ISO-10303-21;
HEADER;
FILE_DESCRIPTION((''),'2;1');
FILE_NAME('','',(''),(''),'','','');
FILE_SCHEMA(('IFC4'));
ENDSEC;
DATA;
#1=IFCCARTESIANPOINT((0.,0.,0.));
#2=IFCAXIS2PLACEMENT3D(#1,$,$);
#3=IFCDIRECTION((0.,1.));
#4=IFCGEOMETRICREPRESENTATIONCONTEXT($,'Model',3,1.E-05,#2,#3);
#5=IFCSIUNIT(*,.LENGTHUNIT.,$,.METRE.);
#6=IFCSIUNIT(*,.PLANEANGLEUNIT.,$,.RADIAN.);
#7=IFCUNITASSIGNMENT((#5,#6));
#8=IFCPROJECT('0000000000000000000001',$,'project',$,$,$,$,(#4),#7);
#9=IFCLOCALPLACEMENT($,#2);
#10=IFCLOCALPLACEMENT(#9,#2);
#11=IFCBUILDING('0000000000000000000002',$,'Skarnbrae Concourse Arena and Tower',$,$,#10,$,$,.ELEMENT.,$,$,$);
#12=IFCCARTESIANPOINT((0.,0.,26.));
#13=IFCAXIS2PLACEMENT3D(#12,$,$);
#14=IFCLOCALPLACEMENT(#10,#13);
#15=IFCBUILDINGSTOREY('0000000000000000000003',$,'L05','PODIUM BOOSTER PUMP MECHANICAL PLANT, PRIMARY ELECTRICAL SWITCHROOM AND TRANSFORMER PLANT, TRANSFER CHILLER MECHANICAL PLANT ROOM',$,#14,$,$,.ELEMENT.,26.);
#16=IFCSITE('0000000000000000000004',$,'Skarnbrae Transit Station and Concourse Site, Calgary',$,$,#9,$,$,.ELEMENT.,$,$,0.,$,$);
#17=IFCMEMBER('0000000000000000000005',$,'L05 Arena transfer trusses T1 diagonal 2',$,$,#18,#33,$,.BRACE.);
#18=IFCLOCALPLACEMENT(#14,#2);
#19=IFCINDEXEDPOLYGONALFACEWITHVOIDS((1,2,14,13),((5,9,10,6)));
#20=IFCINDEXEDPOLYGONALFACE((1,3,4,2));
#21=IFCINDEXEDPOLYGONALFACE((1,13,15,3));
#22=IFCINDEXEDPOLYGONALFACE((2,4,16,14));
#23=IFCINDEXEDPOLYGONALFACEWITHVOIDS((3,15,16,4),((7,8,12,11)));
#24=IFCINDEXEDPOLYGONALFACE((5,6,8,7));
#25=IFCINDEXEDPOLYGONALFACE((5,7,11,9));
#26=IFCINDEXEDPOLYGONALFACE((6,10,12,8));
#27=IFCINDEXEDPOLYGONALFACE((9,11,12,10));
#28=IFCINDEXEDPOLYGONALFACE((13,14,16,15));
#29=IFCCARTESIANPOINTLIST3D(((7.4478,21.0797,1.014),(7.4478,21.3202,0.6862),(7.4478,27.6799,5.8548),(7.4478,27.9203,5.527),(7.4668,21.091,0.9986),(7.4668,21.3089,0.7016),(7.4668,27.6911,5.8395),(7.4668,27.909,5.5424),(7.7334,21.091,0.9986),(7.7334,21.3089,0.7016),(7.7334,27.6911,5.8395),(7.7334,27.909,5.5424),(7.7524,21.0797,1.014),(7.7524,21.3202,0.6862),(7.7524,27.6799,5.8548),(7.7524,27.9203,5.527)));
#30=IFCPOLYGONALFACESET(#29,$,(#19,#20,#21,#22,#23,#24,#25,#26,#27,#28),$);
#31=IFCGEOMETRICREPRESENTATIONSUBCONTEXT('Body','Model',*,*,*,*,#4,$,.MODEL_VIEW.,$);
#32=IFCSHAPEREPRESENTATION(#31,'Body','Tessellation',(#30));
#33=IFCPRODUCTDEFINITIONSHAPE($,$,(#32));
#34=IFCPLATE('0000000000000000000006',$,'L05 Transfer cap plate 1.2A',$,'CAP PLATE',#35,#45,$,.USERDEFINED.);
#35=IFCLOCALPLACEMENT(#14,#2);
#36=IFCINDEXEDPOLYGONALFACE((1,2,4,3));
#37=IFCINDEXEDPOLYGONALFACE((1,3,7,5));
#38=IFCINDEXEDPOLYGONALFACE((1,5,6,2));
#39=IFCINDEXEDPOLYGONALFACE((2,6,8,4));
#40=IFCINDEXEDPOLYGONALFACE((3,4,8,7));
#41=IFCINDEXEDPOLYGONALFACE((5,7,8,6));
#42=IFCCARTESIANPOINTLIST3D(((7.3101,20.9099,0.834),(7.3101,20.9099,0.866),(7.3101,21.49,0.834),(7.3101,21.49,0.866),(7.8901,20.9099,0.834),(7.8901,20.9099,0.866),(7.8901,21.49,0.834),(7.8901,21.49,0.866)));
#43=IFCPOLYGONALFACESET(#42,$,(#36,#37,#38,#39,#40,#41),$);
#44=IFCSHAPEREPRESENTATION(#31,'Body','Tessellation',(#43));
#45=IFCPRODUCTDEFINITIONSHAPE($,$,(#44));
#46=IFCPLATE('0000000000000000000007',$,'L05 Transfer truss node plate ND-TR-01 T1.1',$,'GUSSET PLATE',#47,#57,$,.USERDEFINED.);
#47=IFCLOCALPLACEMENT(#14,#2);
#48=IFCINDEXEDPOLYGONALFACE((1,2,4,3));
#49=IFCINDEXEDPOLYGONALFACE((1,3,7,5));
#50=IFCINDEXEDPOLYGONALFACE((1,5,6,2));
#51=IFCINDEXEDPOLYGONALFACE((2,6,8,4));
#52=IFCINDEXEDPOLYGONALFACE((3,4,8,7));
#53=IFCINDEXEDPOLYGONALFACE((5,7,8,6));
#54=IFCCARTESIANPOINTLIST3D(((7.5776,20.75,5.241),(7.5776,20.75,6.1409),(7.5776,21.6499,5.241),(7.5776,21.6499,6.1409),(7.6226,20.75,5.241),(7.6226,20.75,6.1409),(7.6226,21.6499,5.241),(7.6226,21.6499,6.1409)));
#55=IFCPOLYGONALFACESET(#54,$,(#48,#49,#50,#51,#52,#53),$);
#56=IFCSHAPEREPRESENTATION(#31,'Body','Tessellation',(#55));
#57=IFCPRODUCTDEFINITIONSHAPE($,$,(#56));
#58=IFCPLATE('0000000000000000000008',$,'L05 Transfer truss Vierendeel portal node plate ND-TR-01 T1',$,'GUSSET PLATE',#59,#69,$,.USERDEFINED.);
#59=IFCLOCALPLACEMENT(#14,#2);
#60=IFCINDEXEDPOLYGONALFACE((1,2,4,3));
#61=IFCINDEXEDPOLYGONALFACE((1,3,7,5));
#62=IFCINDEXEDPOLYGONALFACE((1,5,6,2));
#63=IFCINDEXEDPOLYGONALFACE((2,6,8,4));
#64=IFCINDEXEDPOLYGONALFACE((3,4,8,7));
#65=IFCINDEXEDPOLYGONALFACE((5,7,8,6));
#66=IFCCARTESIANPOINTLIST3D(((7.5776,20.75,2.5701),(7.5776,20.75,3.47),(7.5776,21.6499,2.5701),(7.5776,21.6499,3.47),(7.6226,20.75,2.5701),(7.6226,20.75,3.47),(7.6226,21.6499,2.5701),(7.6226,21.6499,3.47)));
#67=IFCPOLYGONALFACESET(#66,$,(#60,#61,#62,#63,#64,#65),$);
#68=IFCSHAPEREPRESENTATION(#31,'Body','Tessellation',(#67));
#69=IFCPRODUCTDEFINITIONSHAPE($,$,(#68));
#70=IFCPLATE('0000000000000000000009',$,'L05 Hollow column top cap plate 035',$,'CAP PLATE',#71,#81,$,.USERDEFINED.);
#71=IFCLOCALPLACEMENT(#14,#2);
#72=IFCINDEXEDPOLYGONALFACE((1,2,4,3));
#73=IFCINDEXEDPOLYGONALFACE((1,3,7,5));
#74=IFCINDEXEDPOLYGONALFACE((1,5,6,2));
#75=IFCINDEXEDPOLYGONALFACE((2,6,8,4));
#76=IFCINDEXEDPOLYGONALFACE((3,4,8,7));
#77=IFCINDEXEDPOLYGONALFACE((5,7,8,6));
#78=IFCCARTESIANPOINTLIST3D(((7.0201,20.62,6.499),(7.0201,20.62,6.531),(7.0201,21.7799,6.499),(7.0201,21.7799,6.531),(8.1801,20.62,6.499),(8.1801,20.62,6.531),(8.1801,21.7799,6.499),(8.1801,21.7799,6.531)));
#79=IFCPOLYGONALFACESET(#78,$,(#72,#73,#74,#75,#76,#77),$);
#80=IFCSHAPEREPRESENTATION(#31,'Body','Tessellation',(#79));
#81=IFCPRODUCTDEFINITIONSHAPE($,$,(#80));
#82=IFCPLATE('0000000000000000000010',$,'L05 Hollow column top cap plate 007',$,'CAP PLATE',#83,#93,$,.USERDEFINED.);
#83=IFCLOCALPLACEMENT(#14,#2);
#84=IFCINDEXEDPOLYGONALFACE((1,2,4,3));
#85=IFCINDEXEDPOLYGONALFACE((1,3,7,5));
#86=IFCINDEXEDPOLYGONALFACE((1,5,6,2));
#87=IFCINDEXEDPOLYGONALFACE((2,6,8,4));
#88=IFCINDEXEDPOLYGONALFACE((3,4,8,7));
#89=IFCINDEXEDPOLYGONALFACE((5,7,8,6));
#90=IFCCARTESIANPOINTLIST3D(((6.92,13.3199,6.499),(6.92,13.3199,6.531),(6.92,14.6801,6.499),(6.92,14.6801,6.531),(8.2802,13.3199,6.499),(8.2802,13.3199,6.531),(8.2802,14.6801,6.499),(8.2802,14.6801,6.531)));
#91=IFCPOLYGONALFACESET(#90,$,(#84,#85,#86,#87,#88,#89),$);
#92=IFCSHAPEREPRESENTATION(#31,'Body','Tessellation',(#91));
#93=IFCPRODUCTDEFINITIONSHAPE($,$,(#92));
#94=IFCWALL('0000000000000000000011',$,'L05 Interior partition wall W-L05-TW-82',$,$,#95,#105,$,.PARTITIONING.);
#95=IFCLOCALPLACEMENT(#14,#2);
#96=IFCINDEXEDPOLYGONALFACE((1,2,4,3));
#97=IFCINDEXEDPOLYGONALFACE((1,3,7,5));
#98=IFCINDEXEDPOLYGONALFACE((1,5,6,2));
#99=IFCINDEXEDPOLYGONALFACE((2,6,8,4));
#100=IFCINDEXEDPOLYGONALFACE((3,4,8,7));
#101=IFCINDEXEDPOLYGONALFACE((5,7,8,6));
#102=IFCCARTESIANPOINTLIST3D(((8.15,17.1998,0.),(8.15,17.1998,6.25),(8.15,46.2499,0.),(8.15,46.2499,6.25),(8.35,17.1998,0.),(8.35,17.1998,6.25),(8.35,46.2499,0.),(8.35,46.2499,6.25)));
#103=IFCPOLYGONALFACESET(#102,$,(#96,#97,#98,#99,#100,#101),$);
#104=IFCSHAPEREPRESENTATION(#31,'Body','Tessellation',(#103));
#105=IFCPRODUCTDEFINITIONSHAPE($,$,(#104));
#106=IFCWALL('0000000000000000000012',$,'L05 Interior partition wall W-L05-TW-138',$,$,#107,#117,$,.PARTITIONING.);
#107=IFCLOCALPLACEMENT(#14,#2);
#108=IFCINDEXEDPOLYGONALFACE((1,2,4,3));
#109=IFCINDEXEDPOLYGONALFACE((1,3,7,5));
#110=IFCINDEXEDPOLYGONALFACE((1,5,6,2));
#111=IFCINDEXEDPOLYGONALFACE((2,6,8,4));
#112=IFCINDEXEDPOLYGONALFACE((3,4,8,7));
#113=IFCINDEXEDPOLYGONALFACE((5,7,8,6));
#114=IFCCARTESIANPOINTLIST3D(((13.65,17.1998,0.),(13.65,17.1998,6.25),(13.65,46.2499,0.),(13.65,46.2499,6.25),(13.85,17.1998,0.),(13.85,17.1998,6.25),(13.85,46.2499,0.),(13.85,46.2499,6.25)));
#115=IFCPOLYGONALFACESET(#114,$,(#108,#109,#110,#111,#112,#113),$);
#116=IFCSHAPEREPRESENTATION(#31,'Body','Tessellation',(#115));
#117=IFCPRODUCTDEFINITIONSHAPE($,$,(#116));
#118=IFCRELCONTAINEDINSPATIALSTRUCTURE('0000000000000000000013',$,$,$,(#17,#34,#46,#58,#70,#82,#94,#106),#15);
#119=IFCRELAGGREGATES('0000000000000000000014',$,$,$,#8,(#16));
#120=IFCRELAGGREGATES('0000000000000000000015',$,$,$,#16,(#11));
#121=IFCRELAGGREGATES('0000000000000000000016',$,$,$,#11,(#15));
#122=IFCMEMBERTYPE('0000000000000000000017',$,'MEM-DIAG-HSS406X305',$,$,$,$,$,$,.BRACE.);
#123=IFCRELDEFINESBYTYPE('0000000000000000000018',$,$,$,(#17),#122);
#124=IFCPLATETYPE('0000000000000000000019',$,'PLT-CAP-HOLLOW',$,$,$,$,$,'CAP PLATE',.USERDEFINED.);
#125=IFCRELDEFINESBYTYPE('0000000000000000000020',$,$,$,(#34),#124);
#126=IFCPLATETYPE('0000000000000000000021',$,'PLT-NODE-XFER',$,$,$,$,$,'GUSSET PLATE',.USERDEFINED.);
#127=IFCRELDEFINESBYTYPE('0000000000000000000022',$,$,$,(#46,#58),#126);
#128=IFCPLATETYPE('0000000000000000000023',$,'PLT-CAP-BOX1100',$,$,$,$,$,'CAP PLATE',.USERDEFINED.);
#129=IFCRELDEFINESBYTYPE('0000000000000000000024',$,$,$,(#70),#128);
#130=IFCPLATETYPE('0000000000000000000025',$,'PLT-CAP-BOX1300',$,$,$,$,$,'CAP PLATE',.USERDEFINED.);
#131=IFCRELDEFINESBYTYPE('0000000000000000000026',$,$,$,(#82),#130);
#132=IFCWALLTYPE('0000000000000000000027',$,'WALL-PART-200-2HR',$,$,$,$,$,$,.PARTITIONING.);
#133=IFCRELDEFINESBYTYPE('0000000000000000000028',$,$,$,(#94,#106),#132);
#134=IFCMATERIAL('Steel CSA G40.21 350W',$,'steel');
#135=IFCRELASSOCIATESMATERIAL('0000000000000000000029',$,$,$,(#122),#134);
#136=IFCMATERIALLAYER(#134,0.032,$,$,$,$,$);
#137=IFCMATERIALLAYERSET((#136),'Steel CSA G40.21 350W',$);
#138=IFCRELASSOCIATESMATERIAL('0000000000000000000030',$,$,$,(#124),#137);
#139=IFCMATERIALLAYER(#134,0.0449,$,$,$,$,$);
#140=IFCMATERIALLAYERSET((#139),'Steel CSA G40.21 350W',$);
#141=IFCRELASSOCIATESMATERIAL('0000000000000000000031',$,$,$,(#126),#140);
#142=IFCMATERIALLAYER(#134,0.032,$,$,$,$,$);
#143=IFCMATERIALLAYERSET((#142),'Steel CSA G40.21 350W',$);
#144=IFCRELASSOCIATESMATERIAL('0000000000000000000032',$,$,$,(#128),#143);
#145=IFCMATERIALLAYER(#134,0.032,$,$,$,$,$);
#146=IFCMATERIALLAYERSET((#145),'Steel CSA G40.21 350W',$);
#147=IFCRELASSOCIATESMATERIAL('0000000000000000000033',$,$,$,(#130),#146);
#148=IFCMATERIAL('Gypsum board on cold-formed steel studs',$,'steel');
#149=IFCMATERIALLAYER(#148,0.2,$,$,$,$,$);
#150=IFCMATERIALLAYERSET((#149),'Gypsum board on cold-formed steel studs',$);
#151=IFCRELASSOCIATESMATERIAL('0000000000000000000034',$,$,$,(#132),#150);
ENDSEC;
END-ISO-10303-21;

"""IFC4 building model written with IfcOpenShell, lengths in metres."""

from ifc_helpers import new_model, si_unit, direction, frame, frame_2d, origin, origin_2d, place, context, subcontext, project, spatial, rectangle, hollow_rectangle, extrude, source, transform, mapped, material, layer, layer_set, material_profile, profile_set, type_object, element, save


model = new_model("IFC4")

# Units and contexts
model_context = context("Model", 3, precision=1e-05, world=origin(), true_north=direction((0.0, 1.0)))
body_context = subcontext(model_context, "Body", "Model", "MODEL_VIEW")
ifc_project = project(units=[si_unit("LENGTHUNIT", "METRE"), si_unit("PLANEANGLEUNIT", "RADIAN")], contexts=[model_context])

# Site, building, storey
site_placement = place(None, origin())
site = spatial("IfcSite", under=ifc_project, at=site_placement, Name="Skarnbrae Transit Station and Concourse Site, Calgary", CompositionType="ELEMENT", RefElevation=0.0)
building_placement = place(site_placement, origin())
building = spatial("IfcBuilding", under=site, at=building_placement, Name="Skarnbrae Concourse Arena and Tower", CompositionType="ELEMENT")
storey_placement = place(building_placement, frame((0.0, 0.0, 26.0)))
storey = spatial("IfcBuildingStorey", under=building, at=storey_placement, Name="L05", Description="PODIUM BOOSTER PUMP MECHANICAL PLANT, PRIMARY ELECTRICAL SWITCHROOM AND TRANSFORMER PLANT, TRANSFER CHILLER MECHANICAL PLANT ROOM", CompositionType="ELEMENT", Elevation=26.0)

# Shared definitions
ifc_material_1 = material(Name="Steel CSA G40.21 350W", Category="steel")

# Member
ifc_material_profile_1 = material_profile(ifc_material_1, hollow_rectangle(XDim=0.3047, YDim=0.4065, WallThickness=0.019, at=origin_2d()), Name="HSS406X305X19.0")
ifc_profile_set_1 = profile_set([ifc_material_profile_1], Name="Steel CSA G40.21 350W")
member_type = type_object("IfcMemberType", Name="MEM-DIAG-HSS406X305", PredefinedType="BRACE", material=ifc_profile_set_1)
shared_shape_1 = source(origin(), body_context, "Body", "SweptSolid", [
    extrude(hollow_rectangle(XDim=0.3047, YDim=0.4065, WallThickness=0.019, at=origin_2d()), origin(), (0.0, 0.0, 1.0), 8.1851),
])
member_placement = place(storey_placement, frame((7.6001, 21.2, 0.8501), z_axis=(0.0, 0.806361, 0.591423), x_axis=(-1.0, 0.0, 0.0)))
element("IfcMember", 1, at=member_placement, inside=storey, type_object=member_type, Name="L05 Arena transfer trusses T1 diagonal 2", PredefinedType="BRACE", context=body_context, shape_type="MappedRepresentation", body=[
    mapped(shared_shape_1, transform((0.0, 0.0, 0.0))),
])

# Plates
ifc_layer_1 = layer(ifc_material_1, 0.032)
ifc_layer_set_1 = layer_set([ifc_layer_1], Name="Steel CSA G40.21 350W")
plate_type_1 = type_object("IfcPlateType", Name="PLT-CAP-HOLLOW", ElementType="CAP PLATE", PredefinedType="USERDEFINED", material=ifc_layer_set_1)
shared_shape_2 = source(origin(), body_context, "Body", "SweptSolid", [
    extrude(rectangle(XDim=0.5801, YDim=0.5801, at=origin_2d()), origin(), (0.0, 0.0, 1.0), 0.032),
])
plate_1_placement = place(storey_placement, frame((7.6001, 21.2, 0.834), z_axis=(0.0, 0.0, 1.0), x_axis=(1.0, 0.0, 0.0)))
element("IfcPlate", 2, at=plate_1_placement, inside=storey, type_object=plate_type_1, Name="L05 Transfer cap plate 1.2A", ObjectType="CAP PLATE", PredefinedType="USERDEFINED", context=body_context, shape_type="MappedRepresentation", body=[
    mapped(shared_shape_2, transform((0.0, 0.0, 0.0))),
])
ifc_layer_2 = layer(ifc_material_1, 0.0449)
ifc_layer_set_2 = layer_set([ifc_layer_2], Name="Steel CSA G40.21 350W")
plate_type_2 = type_object("IfcPlateType", Name="PLT-NODE-XFER", ElementType="GUSSET PLATE", PredefinedType="USERDEFINED", material=ifc_layer_set_2)
shared_shape_3 = source(origin(), body_context, "Body", "SweptSolid", [
    extrude(rectangle(XDim=0.8999, YDim=0.0449, at=origin_2d()), origin(), (0.0, 0.0, 1.0), 0.8999),
])
for number, where, z_axis, x_axis, name in (
    (3, (7.6001, 21.2, 5.241), (0.0, 0.0, 1.0), (0.0, 1.0, 0.0), "L05 Transfer truss node plate ND-TR-01 T1.1"),
    (4, (7.6001, 21.2, 2.5701), (0.0, 0.0, 1.0), (0.0, 1.0, 0.0), "L05 Transfer truss Vierendeel portal node plate ND-TR-01 T1"),
):
    element("IfcPlate", number, at=place(storey_placement, frame(where, z_axis=z_axis, x_axis=x_axis)), inside=storey, type_object=plate_type_2, Name=name, ObjectType="GUSSET PLATE", PredefinedType="USERDEFINED", context=body_context, shape_type="MappedRepresentation", body=[
        mapped(shared_shape_3, transform((0.0, 0.0, 0.0))),
    ])
ifc_layer_3 = layer(ifc_material_1, 0.032)
ifc_layer_set_3 = layer_set([ifc_layer_3], Name="Steel CSA G40.21 350W")
plate_type_3 = type_object("IfcPlateType", Name="PLT-CAP-BOX1100", ElementType="CAP PLATE", PredefinedType="USERDEFINED", material=ifc_layer_set_3)
shared_shape_4 = source(origin(), body_context, "Body", "SweptSolid", [
    extrude(rectangle(XDim=1.1599, YDim=1.1599, at=origin_2d()), origin(), (0.0, 0.0, 1.0), 0.032),
])
plate_2_placement = place(storey_placement, frame((7.6001, 21.2, 6.499), z_axis=(0.0, 0.0, 1.0), x_axis=(1.0, 0.0, 0.0)))
element("IfcPlate", 5, at=plate_2_placement, inside=storey, type_object=plate_type_3, Name="L05 Hollow column top cap plate 035", ObjectType="CAP PLATE", PredefinedType="USERDEFINED", context=body_context, shape_type="MappedRepresentation", body=[
    mapped(shared_shape_4, transform((0.0, 0.0, 0.0))),
])
ifc_layer_4 = layer(ifc_material_1, 0.032)
ifc_layer_set_4 = layer_set([ifc_layer_4], Name="Steel CSA G40.21 350W")
plate_type_4 = type_object("IfcPlateType", Name="PLT-CAP-BOX1300", ElementType="CAP PLATE", PredefinedType="USERDEFINED", material=ifc_layer_set_4)
shared_shape_5 = source(origin(), body_context, "Body", "SweptSolid", [
    extrude(rectangle(XDim=1.3601, YDim=1.3601, at=origin_2d()), origin(), (0.0, 0.0, 1.0), 0.032),
])
plate_3_placement = place(storey_placement, frame((7.6001, 14.0, 6.499), z_axis=(0.0, 0.0, 1.0), x_axis=(1.0, 0.0, 0.0)))
element("IfcPlate", 6, at=plate_3_placement, inside=storey, type_object=plate_type_4, Name="L05 Hollow column top cap plate 007", ObjectType="CAP PLATE", PredefinedType="USERDEFINED", context=body_context, shape_type="MappedRepresentation", body=[
    mapped(shared_shape_5, transform((0.0, 0.0, 0.0))),
])

# Shared definitions
ifc_material_2 = material(Name="Gypsum board on cold-formed steel studs", Category="steel")
ifc_layer_5 = layer(ifc_material_2, 0.2)
ifc_layer_set_5 = layer_set([ifc_layer_5], Name="Gypsum board on cold-formed steel studs")
wall_type = type_object("IfcWallType", Name="WALL-PART-200-2HR", PredefinedType="PARTITIONING", material=ifc_layer_set_5)

# Walls
shared_shape_6 = source(origin(), body_context, "Body", "SweptSolid", [
    extrude(rectangle(XDim=29.05, YDim=0.2, at=frame_2d((14.5249, 0.0))), origin(), (0.0, 0.0, 1.0), 6.25),
])
for number, where, z_axis, x_axis, name in (
    (7, (8.25, 17.2, 0.0), (0.0, 0.0, 1.0), (0.0, 1.0, 0.0), "L05 Interior partition wall W-L05-TW-82"),
    (8, (13.75, 17.2, 0.0), (0.0, 0.0, 1.0), (0.0, 1.0, 0.0), "L05 Interior partition wall W-L05-TW-138"),
):
    element("IfcWall", number, at=place(storey_placement, frame(where, z_axis=z_axis, x_axis=x_axis)), inside=storey, type_object=wall_type, Name=name, PredefinedType="PARTITIONING", context=body_context, shape_type="MappedRepresentation", body=[
        mapped(shared_shape_6, transform((0.0, 0.0, 0.0))),
    ])

save(model, "model.ifc")
